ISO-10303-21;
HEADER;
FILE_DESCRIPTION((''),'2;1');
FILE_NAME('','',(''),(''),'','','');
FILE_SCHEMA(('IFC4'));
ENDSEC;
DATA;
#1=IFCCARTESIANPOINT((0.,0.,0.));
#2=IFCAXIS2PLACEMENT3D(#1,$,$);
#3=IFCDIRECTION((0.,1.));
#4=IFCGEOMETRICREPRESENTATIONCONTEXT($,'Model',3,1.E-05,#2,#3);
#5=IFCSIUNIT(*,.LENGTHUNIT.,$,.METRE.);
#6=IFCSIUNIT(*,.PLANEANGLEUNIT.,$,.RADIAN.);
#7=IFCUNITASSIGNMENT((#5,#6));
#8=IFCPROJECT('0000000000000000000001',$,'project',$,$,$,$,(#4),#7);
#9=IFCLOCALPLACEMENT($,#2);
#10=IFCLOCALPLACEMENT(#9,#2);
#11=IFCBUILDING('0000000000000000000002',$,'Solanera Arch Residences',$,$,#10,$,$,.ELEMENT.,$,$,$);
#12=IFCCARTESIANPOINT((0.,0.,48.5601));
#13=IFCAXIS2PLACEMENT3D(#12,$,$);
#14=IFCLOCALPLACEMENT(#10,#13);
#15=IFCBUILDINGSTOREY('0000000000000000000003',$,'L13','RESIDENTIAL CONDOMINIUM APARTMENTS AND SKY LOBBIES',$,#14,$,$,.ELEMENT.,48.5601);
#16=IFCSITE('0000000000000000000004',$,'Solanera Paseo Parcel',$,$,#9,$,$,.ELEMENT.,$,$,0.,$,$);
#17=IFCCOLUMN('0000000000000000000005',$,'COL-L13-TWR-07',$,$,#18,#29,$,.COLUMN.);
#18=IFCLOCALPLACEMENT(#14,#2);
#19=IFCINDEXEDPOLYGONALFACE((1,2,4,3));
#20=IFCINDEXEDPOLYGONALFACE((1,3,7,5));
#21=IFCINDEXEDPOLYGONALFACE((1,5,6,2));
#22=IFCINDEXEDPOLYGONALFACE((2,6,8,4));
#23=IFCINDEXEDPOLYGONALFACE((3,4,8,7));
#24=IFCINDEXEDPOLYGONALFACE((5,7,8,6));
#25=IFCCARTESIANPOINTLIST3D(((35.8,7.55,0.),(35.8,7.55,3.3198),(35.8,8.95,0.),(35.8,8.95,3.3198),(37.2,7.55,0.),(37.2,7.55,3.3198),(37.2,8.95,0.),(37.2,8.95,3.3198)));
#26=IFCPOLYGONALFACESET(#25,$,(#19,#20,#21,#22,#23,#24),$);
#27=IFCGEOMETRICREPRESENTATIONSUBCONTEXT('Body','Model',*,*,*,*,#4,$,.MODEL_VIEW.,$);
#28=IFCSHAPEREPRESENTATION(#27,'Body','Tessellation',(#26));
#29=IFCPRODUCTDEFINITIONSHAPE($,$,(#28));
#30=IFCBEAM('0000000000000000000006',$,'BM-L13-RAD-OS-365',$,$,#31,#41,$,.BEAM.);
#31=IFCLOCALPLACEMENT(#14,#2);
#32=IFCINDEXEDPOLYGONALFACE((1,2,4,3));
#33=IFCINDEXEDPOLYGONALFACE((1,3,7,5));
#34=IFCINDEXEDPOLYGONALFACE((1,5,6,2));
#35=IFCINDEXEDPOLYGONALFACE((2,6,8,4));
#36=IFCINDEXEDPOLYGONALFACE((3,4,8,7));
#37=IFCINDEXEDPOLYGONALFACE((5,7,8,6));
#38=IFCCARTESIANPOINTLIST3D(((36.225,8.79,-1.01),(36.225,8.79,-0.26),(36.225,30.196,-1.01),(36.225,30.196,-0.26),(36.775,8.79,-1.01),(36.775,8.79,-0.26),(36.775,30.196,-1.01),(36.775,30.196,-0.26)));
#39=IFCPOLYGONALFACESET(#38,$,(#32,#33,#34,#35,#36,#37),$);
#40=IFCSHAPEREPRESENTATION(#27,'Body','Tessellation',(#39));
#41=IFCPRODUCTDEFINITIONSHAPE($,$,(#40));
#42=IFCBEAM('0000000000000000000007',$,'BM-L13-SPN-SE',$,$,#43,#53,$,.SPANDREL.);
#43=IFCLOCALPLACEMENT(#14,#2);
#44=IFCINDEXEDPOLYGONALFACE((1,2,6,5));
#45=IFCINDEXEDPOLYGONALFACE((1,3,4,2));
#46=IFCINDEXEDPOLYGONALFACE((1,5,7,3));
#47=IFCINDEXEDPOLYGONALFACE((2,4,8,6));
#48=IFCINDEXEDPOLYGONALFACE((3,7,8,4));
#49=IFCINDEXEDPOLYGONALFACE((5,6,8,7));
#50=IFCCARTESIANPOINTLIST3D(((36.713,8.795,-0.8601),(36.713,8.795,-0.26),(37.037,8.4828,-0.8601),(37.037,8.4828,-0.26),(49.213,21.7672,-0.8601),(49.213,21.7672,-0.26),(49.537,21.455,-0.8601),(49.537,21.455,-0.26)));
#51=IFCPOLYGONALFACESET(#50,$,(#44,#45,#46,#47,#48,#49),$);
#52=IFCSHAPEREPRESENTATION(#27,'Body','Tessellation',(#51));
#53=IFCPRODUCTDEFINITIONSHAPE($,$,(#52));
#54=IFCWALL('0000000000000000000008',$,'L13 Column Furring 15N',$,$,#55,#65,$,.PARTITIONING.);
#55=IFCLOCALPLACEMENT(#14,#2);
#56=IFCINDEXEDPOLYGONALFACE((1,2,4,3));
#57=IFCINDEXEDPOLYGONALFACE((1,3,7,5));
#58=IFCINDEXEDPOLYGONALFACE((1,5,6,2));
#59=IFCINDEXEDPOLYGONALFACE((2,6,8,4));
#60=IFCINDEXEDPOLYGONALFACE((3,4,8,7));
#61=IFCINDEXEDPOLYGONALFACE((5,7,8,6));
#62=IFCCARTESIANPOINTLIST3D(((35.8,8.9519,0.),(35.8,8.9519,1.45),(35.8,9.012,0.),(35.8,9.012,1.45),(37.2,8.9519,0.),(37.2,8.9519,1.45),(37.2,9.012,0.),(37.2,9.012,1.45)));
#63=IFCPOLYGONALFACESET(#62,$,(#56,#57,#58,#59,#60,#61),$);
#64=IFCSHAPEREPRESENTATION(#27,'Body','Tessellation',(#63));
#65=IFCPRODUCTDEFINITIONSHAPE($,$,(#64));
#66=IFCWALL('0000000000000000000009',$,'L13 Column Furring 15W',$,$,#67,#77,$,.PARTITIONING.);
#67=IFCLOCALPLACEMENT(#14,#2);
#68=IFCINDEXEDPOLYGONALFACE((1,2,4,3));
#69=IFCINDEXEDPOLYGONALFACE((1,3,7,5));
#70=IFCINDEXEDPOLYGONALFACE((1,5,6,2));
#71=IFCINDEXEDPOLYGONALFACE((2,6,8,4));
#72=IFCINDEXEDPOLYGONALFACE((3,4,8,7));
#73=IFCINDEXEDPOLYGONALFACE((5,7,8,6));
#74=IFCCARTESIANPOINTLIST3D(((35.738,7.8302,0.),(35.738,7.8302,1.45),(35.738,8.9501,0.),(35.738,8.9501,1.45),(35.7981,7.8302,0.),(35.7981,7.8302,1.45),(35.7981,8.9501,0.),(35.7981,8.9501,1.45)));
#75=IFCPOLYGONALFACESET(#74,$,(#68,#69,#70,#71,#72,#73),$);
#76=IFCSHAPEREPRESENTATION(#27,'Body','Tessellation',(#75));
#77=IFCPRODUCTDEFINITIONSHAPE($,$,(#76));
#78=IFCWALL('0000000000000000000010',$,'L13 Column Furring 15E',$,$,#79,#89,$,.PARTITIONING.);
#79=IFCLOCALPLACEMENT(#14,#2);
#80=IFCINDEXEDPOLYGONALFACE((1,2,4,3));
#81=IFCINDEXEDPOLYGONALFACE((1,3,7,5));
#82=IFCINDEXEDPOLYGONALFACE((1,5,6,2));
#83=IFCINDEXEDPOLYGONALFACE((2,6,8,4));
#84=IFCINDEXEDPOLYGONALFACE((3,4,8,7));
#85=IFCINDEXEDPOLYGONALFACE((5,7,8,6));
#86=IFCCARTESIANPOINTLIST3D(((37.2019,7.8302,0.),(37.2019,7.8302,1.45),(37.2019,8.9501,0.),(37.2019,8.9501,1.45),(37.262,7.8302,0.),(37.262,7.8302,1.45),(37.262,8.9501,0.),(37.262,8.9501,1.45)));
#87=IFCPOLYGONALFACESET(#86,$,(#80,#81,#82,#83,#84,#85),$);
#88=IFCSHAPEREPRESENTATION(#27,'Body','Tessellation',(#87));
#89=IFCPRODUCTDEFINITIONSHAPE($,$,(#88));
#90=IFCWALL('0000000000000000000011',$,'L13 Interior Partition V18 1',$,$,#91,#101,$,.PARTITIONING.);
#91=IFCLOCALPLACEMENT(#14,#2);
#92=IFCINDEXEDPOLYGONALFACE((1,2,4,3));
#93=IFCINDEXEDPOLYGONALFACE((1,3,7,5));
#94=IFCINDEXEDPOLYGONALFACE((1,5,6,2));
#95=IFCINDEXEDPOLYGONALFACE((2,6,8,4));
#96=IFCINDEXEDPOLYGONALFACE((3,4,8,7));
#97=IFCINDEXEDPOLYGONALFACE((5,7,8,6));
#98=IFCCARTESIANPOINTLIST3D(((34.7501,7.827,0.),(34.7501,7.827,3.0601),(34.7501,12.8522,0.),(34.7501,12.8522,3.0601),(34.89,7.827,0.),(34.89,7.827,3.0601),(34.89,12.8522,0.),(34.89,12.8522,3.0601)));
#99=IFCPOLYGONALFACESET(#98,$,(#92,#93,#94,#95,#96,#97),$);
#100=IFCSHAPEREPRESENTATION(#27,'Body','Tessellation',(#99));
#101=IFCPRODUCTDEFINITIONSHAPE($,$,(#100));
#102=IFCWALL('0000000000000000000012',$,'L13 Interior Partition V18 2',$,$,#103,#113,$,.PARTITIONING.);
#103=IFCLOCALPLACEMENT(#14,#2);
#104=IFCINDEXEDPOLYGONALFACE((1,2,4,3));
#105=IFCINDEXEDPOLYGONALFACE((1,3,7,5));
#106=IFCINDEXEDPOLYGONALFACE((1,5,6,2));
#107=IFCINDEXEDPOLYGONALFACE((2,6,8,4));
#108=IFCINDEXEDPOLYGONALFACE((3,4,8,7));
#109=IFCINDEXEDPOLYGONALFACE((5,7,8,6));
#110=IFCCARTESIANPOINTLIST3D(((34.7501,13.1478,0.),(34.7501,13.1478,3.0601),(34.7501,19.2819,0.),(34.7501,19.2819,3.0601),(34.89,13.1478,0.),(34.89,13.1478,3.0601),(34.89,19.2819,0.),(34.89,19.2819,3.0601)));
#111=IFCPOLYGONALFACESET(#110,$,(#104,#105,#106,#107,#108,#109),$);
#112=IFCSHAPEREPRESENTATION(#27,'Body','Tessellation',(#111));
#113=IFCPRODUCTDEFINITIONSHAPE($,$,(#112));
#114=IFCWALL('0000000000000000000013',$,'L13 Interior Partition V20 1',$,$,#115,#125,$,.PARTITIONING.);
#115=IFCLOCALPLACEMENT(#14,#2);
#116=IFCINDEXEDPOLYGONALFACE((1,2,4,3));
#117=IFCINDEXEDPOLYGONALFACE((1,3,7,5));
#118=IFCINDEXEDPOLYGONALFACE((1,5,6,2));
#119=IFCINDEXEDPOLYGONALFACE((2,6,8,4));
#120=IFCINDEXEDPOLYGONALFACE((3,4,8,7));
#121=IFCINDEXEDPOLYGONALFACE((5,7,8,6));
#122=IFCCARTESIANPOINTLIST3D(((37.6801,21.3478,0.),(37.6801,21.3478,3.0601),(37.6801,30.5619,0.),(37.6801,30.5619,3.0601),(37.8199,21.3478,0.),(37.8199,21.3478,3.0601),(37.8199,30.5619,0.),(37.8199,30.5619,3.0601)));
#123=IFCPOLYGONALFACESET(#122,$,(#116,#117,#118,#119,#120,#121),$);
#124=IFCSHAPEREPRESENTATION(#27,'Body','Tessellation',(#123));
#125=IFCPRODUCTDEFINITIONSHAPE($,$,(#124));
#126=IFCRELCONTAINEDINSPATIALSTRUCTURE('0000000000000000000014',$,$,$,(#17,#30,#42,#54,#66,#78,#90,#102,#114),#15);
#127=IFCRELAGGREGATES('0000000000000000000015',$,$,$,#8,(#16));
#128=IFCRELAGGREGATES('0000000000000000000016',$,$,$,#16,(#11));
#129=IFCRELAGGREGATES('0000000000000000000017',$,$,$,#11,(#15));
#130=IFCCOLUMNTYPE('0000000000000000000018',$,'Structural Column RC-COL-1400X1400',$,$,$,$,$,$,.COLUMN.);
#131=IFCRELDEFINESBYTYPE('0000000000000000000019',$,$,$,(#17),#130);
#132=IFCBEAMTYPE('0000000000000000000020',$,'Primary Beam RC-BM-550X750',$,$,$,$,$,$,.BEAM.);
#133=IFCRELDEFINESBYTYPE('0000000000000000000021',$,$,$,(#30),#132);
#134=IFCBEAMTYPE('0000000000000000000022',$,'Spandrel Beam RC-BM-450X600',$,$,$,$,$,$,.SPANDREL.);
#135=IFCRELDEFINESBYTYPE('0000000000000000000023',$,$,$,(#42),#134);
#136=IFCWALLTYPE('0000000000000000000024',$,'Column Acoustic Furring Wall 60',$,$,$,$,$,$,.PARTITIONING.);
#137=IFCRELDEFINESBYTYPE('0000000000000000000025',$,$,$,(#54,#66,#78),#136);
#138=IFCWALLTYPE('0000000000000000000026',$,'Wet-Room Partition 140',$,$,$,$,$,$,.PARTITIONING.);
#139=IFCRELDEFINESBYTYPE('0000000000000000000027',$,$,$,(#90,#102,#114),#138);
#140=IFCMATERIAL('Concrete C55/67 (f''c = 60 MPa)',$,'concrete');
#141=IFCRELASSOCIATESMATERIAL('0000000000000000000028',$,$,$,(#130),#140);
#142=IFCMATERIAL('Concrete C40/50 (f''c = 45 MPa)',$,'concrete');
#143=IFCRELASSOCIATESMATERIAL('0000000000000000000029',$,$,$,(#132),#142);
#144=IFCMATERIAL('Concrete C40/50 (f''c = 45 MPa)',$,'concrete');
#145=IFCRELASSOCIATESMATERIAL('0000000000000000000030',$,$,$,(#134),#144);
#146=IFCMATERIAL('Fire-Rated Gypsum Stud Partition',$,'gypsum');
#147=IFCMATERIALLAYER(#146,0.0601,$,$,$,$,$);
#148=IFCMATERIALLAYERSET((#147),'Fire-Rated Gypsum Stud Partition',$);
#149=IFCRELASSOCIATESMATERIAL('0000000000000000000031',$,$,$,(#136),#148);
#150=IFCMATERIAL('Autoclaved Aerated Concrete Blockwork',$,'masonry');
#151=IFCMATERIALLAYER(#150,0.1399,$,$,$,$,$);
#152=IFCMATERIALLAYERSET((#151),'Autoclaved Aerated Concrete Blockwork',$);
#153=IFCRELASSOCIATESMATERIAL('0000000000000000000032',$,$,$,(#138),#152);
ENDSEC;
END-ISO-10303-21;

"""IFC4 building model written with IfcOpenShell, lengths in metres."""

from ifc_helpers import new_model, si_unit, direction, frame, frame_2d, origin, origin_2d, place, context, subcontext, project, spatial, rectangle, extrude, material, layer, layer_set, material_profile, profile_set, type_object, element, save


model = new_model("IFC4")

# Units and contexts
model_context = context("Model", 3, precision=1e-05, world=origin(), true_north=direction((0.0, 1.0)))
body_context = subcontext(model_context, "Body", "Model", "MODEL_VIEW")
ifc_project = project(units=[si_unit("LENGTHUNIT", "METRE"), si_unit("PLANEANGLEUNIT", "RADIAN")], contexts=[model_context])

# Site, building, storey
site_placement = place(None, origin())
site = spatial("IfcSite", under=ifc_project, at=site_placement, Name="Solanera Paseo Parcel", CompositionType="ELEMENT", RefElevation=0.0)
building_placement = place(site_placement, origin())
building = spatial("IfcBuilding", under=site, at=building_placement, Name="Solanera Arch Residences", CompositionType="ELEMENT")
storey_placement = place(building_placement, frame((0.0, 0.0, 48.5601)))
storey = spatial("IfcBuildingStorey", under=building, at=storey_placement, Name="L13", Description="RESIDENTIAL CONDOMINIUM APARTMENTS AND SKY LOBBIES", CompositionType="ELEMENT", Elevation=48.5601)

# Column
ifc_material_1 = material(Name="Concrete C55/67 (f'c = 60 MPa)", Category="concrete")
ifc_material_profile_1 = material_profile(ifc_material_1, rectangle(XDim=1.3999, YDim=1.3999, at=origin_2d()))
ifc_profile_set_1 = profile_set([ifc_material_profile_1], Name="Concrete C55/67 (f'c = 60 MPa)")
column_type = type_object("IfcColumnType", Name="Structural Column RC-COL-1400X1400", PredefinedType="COLUMN", material=ifc_profile_set_1)
column_placement = place(storey_placement, frame((36.5, 8.25, 0.0), z_axis=(0.0, 0.0, 1.0), x_axis=(1.0, 0.0, 0.0)))
element("IfcColumn", 1, at=column_placement, inside=storey, type_object=column_type, Name="COL-L13-TWR-07", PredefinedType="COLUMN", context=body_context, shape_type="SweptSolid", body=[
    extrude(rectangle(XDim=1.3999, YDim=1.3999, at=origin_2d()), origin(), (0.0, 0.0, 1.0), 3.3198),
])

# Beams
ifc_material_2 = material(Name="Concrete C40/50 (f'c = 45 MPa)", Category="concrete")
ifc_material_profile_2 = material_profile(ifc_material_2, rectangle(XDim=0.55, YDim=0.75, at=origin_2d()))
ifc_profile_set_2 = profile_set([ifc_material_profile_2], Name="Concrete C40/50 (f'c = 45 MPa)")
beam_type_1 = type_object("IfcBeamType", Name="Primary Beam RC-BM-550X750", PredefinedType="BEAM", material=ifc_profile_set_2)
beam_1_placement = place(storey_placement, frame((36.5, 8.79, -0.635), z_axis=(0.0, 1.0, 0.0), x_axis=(-1.0, 0.0, 0.0)))
element("IfcBeam", 2, at=beam_1_placement, inside=storey, type_object=beam_type_1, Name="BM-L13-RAD-OS-365", PredefinedType="BEAM", context=body_context, shape_type="SweptSolid", body=[
    extrude(rectangle(XDim=0.55, YDim=0.75, at=origin_2d()), origin(), (0.0, 0.0, 1.0), 21.406),
])
ifc_material_3 = material(Name="Concrete C40/50 (f'c = 45 MPa)", Category="concrete")
ifc_material_profile_3 = material_profile(ifc_material_3, rectangle(XDim=0.45, YDim=0.6001, at=origin_2d()))
ifc_profile_set_3 = profile_set([ifc_material_profile_3], Name="Concrete C40/50 (f'c = 45 MPa)")
beam_type_2 = type_object("IfcBeamType", Name="Spandrel Beam RC-BM-450X600", PredefinedType="SPANDREL", material=ifc_profile_set_3)
beam_2_placement = place(storey_placement, frame((36.875, 8.6389, -0.5601), z_axis=(0.69388, 0.72009, 0.0), x_axis=(-0.72009, 0.69388, 0.0)))
element("IfcBeam", 3, at=beam_2_placement, inside=storey, type_object=beam_type_2, Name="BM-L13-SPN-SE", PredefinedType="SPANDREL", context=body_context, shape_type="SweptSolid", body=[
    extrude(rectangle(XDim=0.45, YDim=0.6001, at=origin_2d()), origin(), (0.0, 0.0, 1.0), 18.0146),
])

# Walls
ifc_material_4 = material(Name="Fire-Rated Gypsum Stud Partition", Category="gypsum")
ifc_layer_1 = layer(ifc_material_4, 0.0601)
ifc_layer_set_1 = layer_set([ifc_layer_1], Name="Fire-Rated Gypsum Stud Partition")
wall_type_1 = type_object("IfcWallType", Name="Column Acoustic Furring Wall 60", PredefinedType="PARTITIONING", material=ifc_layer_set_1)
wall_1_placement = place(storey_placement, frame((35.8, 8.9819, 0.0), z_axis=(0.0, 0.0, 1.0), x_axis=(1.0, 0.0, 0.0)))
element("IfcWall", 4, at=wall_1_placement, inside=storey, type_object=wall_type_1, Name="L13 Column Furring 15N", PredefinedType="PARTITIONING", context=body_context, shape_type="SweptSolid", body=[
    extrude(rectangle(XDim=1.3999, YDim=0.0601, at=frame_2d((0.7, 0.0))), origin(), (0.0, 0.0, 1.0), 1.45),
])
for number, where, z_axis, x_axis, name in (
    (5, (35.7681, 7.8301, 0.0), (0.0, 0.0, 1.0), (0.0, 1.0, 0.0), "L13 Column Furring 15W"),
    (6, (37.2319, 7.8301, 0.0), (0.0, 0.0, 1.0), (0.0, 1.0, 0.0), "L13 Column Furring 15E"),
):
    element("IfcWall", number, at=place(storey_placement, frame(where, z_axis=z_axis, x_axis=x_axis)), inside=storey, type_object=wall_type_1, Name=name, PredefinedType="PARTITIONING", context=body_context, shape_type="SweptSolid", body=[
        extrude(rectangle(XDim=1.1199, YDim=0.0601, at=frame_2d((0.5601, 0.0))), origin(), (0.0, 0.0, 1.0), 1.45),
    ])
ifc_material_5 = material(Name="Autoclaved Aerated Concrete Blockwork", Category="masonry")
ifc_layer_2 = layer(ifc_material_5, 0.1399)
ifc_layer_set_2 = layer_set([ifc_layer_2], Name="Autoclaved Aerated Concrete Blockwork")
wall_type_2 = type_object("IfcWallType", Name="Wet-Room Partition 140", PredefinedType="PARTITIONING", material=ifc_layer_set_2)
wall_2_placement = place(storey_placement, frame((34.8201, 7.8269, 0.0), z_axis=(0.0, 0.0, 1.0), x_axis=(0.0, 1.0, 0.0)))
element("IfcWall", 7, at=wall_2_placement, inside=storey, type_object=wall_type_2, Name="L13 Interior Partition V18 1", PredefinedType="PARTITIONING", context=body_context, shape_type="SweptSolid", body=[
    extrude(rectangle(XDim=5.0251, YDim=0.1399, at=frame_2d((2.5127, 0.0))), origin(), (0.0, 0.0, 1.0), 3.0601),
])
wall_3_placement = place(storey_placement, frame((34.8201, 13.1479, 0.0), z_axis=(0.0, 0.0, 1.0), x_axis=(0.0, 1.0, 0.0)))
element("IfcWall", 8, at=wall_3_placement, inside=storey, type_object=wall_type_2, Name="L13 Interior Partition V18 2", PredefinedType="PARTITIONING", context=body_context, shape_type="SweptSolid", body=[
    extrude(rectangle(XDim=6.134, YDim=0.1399, at=frame_2d((3.0669, 0.0))), origin(), (0.0, 0.0, 1.0), 3.0601),
])
wall_4_placement = place(storey_placement, frame((37.75, 21.3479, 0.0), z_axis=(0.0, 0.0, 1.0), x_axis=(0.0, 1.0, 0.0)))
element("IfcWall", 9, at=wall_4_placement, inside=storey, type_object=wall_type_2, Name="L13 Interior Partition V20 1", PredefinedType="PARTITIONING", context=body_context, shape_type="SweptSolid", body=[
    extrude(rectangle(XDim=9.2141, YDim=0.1399, at=frame_2d((4.6069, 0.0))), origin(), (0.0, 0.0, 1.0), 3.0601),
])

save(model, "model.ifc")
